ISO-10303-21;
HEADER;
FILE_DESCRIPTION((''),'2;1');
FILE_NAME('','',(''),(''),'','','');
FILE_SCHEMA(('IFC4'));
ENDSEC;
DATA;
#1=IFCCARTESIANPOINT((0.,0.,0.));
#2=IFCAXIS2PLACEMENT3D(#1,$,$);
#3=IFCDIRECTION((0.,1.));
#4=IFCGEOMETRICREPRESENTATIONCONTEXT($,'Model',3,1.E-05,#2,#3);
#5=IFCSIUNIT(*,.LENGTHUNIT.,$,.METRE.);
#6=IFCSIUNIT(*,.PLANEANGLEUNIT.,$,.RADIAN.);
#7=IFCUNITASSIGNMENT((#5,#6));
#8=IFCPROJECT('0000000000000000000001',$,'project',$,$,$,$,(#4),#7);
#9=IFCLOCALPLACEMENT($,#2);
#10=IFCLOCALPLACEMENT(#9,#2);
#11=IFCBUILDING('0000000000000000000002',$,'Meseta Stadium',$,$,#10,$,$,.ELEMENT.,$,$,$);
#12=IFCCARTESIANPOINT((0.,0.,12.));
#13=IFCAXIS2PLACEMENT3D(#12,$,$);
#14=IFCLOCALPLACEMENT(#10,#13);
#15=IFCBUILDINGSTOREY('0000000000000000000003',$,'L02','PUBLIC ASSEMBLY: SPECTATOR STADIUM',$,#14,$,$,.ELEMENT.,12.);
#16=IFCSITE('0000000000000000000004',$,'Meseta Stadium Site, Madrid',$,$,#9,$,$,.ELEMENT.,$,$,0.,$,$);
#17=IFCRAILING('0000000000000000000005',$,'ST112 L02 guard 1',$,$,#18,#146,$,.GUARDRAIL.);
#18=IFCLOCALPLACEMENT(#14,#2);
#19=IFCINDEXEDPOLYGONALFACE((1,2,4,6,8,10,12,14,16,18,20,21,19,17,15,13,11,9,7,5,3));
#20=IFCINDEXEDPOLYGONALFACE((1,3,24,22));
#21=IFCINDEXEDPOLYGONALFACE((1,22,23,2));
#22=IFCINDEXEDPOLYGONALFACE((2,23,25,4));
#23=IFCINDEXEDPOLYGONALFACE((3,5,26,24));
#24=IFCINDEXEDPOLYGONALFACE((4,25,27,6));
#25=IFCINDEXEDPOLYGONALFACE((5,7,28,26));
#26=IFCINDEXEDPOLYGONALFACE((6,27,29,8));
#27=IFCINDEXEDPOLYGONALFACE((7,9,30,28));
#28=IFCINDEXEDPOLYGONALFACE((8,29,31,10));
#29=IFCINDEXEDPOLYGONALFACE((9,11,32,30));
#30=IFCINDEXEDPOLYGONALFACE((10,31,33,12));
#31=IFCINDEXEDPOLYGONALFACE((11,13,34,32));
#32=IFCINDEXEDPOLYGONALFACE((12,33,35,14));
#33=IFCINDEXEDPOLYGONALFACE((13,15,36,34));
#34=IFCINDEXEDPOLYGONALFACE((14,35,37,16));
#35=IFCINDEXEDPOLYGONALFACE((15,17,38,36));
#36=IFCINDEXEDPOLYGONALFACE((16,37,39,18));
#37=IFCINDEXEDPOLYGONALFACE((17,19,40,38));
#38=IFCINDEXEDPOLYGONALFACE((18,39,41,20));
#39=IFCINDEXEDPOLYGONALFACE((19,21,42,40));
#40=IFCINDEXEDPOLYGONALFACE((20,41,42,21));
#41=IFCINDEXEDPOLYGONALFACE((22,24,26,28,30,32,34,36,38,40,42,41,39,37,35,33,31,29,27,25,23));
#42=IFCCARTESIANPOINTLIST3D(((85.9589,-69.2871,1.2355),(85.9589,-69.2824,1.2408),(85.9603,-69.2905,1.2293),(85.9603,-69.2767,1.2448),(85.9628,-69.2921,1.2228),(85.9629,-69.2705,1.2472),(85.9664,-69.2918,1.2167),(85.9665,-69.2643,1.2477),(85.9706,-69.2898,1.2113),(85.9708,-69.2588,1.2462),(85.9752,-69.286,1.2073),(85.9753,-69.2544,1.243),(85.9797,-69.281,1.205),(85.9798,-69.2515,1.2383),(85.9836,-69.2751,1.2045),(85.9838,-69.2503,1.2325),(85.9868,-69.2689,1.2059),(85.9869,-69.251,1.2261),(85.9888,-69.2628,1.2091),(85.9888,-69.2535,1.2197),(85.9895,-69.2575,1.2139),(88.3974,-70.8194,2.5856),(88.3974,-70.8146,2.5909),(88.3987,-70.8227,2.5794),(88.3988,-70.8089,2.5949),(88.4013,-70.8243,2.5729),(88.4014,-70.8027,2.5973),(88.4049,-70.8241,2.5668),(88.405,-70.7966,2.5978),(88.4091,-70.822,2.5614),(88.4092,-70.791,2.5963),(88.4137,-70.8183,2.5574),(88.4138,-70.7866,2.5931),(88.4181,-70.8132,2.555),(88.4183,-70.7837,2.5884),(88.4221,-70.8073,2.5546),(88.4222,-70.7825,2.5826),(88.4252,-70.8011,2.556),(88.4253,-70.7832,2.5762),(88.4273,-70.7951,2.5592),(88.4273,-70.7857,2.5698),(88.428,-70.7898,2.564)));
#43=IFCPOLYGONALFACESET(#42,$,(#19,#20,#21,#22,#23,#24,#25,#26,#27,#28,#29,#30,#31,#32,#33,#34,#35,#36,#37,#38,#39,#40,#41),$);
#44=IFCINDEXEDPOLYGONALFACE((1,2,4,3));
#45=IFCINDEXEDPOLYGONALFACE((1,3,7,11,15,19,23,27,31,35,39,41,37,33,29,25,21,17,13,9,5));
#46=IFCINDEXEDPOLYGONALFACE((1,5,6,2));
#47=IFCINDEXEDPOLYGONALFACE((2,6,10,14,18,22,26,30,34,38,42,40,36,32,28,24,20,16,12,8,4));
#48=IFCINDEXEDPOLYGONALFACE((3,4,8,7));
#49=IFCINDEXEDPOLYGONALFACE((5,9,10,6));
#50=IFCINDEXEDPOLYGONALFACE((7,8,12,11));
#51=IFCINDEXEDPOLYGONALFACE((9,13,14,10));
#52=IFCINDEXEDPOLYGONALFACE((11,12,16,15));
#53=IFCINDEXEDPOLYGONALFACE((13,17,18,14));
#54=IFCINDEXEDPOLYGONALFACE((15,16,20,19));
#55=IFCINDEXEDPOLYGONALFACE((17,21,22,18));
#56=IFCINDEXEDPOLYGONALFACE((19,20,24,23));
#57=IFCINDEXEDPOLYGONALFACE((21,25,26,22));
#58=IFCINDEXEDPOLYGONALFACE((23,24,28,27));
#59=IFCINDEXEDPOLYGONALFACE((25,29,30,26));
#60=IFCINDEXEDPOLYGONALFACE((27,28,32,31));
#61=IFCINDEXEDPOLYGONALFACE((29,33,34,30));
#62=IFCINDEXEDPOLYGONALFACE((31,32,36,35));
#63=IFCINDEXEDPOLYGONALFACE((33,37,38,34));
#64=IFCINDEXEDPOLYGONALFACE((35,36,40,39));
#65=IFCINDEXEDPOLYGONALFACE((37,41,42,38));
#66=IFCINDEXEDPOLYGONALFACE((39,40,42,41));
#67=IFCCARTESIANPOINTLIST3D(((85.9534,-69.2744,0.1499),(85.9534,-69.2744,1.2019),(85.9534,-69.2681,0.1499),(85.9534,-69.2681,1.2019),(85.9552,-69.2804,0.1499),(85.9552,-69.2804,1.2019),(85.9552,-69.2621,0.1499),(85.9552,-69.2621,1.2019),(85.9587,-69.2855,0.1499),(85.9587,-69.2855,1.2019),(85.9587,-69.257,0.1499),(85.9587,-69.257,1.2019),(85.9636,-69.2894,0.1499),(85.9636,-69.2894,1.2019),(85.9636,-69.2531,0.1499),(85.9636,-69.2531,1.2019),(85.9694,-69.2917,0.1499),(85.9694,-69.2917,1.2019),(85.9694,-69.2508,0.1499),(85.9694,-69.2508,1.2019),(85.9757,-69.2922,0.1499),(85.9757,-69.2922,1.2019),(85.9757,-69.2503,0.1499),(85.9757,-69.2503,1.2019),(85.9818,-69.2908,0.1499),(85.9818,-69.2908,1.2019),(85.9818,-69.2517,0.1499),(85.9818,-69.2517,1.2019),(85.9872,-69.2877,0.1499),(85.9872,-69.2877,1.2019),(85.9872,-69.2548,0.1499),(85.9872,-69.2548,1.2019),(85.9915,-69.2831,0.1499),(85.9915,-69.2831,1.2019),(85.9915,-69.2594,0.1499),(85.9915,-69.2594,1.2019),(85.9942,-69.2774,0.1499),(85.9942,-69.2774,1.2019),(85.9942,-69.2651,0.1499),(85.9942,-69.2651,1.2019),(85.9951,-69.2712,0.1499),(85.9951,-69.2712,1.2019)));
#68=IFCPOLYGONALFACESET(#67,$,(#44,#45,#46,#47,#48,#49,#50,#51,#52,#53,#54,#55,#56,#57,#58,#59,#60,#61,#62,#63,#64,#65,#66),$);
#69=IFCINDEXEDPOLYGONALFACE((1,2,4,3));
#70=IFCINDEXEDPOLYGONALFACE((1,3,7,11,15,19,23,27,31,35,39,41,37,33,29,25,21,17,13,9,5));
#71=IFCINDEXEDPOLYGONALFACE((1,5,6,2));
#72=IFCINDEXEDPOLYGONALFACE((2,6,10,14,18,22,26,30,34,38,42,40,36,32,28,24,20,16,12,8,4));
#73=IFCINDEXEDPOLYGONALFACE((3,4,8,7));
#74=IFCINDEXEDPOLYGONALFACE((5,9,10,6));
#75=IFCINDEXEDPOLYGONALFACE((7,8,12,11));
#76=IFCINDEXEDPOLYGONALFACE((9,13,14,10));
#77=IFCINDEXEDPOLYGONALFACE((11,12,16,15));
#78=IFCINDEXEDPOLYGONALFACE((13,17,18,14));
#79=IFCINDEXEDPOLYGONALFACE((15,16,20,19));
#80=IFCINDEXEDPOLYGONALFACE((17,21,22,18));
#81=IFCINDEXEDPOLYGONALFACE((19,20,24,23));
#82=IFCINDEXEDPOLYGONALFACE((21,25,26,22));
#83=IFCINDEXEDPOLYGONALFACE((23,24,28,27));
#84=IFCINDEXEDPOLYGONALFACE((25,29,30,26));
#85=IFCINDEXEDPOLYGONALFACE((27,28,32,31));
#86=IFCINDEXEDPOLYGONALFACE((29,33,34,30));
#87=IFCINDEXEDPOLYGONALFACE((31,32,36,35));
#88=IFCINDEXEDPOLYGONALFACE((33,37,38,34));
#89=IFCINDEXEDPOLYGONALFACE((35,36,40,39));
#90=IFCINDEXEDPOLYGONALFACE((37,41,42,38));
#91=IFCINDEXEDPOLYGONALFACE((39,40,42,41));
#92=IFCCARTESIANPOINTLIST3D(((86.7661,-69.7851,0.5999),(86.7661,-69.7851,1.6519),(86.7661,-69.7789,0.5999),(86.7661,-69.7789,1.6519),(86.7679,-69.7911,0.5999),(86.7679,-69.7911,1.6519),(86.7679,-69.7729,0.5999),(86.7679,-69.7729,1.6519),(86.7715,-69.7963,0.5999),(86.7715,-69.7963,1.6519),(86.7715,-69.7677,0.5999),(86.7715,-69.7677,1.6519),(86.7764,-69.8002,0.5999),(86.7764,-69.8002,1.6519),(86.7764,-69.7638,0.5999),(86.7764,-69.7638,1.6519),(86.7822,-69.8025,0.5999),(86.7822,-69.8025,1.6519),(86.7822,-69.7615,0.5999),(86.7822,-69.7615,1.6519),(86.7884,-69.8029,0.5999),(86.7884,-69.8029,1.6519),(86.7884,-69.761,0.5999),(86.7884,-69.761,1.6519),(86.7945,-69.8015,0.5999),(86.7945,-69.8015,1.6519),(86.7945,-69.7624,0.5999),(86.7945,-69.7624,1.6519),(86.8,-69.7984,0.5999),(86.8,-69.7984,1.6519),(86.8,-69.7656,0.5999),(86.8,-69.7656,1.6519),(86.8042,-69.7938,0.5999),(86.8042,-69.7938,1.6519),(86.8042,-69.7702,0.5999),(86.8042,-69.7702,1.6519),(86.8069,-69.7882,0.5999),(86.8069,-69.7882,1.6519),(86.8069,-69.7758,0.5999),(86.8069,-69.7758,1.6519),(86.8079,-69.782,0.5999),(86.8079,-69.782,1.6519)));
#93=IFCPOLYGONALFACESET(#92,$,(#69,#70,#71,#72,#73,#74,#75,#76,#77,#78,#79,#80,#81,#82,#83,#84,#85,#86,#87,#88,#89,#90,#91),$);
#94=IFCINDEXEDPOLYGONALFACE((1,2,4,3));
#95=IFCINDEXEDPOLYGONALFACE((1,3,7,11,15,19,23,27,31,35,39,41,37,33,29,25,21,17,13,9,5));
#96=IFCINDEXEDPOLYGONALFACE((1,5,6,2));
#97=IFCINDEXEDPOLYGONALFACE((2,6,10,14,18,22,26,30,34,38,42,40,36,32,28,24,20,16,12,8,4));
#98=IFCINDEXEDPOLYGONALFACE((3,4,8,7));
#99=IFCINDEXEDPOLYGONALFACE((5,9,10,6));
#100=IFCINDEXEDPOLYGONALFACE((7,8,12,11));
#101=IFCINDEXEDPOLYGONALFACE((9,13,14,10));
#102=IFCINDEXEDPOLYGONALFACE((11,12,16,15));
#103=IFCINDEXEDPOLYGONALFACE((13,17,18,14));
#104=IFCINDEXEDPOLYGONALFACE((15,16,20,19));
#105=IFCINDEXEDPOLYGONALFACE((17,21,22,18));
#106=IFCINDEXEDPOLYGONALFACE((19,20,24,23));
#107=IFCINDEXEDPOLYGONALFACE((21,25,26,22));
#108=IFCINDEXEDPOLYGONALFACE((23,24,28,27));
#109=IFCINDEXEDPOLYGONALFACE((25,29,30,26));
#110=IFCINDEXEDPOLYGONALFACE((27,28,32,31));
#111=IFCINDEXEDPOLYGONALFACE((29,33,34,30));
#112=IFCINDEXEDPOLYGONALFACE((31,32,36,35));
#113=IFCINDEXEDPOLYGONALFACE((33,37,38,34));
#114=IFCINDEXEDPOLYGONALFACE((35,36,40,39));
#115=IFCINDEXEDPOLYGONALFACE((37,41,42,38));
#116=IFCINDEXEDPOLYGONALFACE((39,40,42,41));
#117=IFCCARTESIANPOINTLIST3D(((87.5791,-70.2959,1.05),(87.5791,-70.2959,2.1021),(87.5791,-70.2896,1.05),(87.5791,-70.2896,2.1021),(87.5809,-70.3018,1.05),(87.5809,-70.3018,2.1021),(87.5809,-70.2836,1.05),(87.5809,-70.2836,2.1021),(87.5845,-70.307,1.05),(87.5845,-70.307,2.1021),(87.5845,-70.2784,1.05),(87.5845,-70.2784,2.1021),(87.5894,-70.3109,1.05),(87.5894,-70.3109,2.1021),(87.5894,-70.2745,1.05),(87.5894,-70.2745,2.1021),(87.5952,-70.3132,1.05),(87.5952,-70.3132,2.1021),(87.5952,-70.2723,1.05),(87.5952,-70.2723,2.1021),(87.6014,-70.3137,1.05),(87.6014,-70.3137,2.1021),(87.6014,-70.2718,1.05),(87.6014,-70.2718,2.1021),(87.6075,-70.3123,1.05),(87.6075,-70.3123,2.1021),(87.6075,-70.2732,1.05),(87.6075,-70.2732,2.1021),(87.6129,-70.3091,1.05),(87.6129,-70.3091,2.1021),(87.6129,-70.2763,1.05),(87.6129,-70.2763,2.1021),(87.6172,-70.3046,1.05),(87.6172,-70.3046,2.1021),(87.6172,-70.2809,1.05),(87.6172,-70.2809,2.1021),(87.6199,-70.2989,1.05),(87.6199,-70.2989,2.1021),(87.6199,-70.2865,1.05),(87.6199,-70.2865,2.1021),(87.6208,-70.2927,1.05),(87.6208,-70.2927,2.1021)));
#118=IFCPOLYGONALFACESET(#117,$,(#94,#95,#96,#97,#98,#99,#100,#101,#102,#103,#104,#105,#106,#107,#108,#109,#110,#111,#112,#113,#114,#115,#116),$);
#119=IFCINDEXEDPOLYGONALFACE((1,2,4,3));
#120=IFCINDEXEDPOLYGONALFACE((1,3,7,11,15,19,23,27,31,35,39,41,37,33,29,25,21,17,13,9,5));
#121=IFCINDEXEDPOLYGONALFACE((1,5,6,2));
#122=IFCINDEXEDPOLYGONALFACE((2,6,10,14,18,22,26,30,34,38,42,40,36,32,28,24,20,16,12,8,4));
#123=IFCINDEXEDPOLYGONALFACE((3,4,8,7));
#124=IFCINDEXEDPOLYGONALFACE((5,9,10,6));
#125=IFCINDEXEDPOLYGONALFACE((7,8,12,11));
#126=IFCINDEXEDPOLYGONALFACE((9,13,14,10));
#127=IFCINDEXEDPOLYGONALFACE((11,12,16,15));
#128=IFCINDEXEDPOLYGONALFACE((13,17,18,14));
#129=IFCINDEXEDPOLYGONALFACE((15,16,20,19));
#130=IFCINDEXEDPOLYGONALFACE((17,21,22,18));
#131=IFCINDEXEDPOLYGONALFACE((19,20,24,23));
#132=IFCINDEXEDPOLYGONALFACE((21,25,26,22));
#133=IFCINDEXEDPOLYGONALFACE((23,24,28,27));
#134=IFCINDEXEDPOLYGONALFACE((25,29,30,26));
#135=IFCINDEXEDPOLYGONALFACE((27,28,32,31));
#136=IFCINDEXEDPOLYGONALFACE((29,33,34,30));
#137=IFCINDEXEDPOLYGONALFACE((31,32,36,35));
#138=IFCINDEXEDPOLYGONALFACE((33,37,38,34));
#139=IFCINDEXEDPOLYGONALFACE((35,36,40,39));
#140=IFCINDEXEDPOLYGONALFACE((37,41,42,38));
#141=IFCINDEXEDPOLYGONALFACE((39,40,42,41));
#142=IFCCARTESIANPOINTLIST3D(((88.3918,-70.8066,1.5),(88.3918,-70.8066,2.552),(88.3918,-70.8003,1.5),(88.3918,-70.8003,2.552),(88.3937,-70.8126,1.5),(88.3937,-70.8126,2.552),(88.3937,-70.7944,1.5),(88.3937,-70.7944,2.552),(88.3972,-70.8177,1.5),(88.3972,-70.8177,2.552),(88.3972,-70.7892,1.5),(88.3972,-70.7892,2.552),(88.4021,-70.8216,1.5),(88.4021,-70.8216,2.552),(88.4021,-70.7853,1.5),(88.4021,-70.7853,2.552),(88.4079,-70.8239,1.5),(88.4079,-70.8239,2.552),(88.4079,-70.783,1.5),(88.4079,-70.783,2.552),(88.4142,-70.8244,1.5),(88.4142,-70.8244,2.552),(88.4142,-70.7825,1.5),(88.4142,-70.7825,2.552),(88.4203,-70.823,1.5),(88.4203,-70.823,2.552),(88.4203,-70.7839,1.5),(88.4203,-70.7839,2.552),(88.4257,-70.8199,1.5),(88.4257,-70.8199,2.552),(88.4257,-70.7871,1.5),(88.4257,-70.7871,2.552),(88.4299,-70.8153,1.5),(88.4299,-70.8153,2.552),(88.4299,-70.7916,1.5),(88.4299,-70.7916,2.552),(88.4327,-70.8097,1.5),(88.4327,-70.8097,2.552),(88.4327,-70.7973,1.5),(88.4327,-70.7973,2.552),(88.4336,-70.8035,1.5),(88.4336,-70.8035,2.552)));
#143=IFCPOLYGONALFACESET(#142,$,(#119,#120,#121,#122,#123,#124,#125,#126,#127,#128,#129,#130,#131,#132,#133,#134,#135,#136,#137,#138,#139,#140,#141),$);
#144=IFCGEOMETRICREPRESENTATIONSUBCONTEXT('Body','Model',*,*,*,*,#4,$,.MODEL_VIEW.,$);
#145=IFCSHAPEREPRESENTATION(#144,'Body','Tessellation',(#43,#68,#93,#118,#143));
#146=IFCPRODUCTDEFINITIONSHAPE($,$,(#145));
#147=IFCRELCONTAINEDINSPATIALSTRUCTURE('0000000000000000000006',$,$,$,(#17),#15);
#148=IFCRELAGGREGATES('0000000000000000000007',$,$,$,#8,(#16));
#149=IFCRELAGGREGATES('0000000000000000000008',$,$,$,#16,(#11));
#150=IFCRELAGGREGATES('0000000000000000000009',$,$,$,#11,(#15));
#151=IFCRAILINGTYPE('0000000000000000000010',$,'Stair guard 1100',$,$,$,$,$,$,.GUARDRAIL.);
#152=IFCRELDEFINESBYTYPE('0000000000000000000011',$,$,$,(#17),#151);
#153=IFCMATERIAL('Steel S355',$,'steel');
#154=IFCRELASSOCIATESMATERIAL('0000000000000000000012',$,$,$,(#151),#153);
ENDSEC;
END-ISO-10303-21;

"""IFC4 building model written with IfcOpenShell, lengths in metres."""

from ifc_helpers import new_model, si_unit, direction, frame, origin, origin_2d, place, context, subcontext, project, spatial, circle, extrude, material, type_object, element, save


model = new_model("IFC4")

# Units and contexts
model_context = context("Model", 3, precision=1e-05, world=origin(), true_north=direction((0.0, 1.0)))
body_context = subcontext(model_context, "Body", "Model", "MODEL_VIEW")
ifc_project = project(units=[si_unit("LENGTHUNIT", "METRE"), si_unit("PLANEANGLEUNIT", "RADIAN")], contexts=[model_context])

# Site, building, storey
site_placement = place(None, origin())
site = spatial("IfcSite", under=ifc_project, at=site_placement, Name="Meseta Stadium Site, Madrid", CompositionType="ELEMENT", RefElevation=0.0)
building_placement = place(site_placement, origin())
building = spatial("IfcBuilding", under=site, at=building_placement, Name="Meseta Stadium", CompositionType="ELEMENT")
storey_placement = place(building_placement, frame((0.0, 0.0, 12.0)))
storey = spatial("IfcBuildingStorey", under=building, at=storey_placement, Name="L02", Description="PUBLIC ASSEMBLY: SPECTATOR STADIUM", CompositionType="ELEMENT", Elevation=12.0)

# Railing
ifc_material_1 = material(Name="Steel S355", Category="steel")
railing_type_1 = type_object("IfcRailingType", Name="Stair guard 1100", PredefinedType="GUARDRAIL", material=ifc_material_1)
railing_1_placement = place(storey_placement, frame((85.9741, -69.2712, 0.1499)))
element("IfcRailing", 1, at=railing_1_placement, inside=storey, type_object=railing_type_1, Name="ST112 L02 guard 1", PredefinedType="GUARDRAIL", context=body_context, shape_type="SweptSolid", body=[
    extrude(circle(Radius=0.0239, at=origin_2d()), frame((0.0, 0.0, 1.0762), z_axis=(0.766655, -0.481731, 0.42447), x_axis=(0.53204, 0.846719, 0.0)), (0.0, 0.0, 1.0), 3.1807),
    extrude(circle(Radius=0.021, at=origin_2d()), origin(), (0.0, 0.0, 1.0), 1.052),
    extrude(circle(Radius=0.021, at=origin_2d()), frame((0.8127, -0.5107, 0.45)), (0.0, 0.0, 1.0), 1.052),
    extrude(circle(Radius=0.021, at=origin_2d()), frame((1.6257, -1.0215, 0.9001)), (0.0, 0.0, 1.0), 1.052),
    extrude(circle(Radius=0.021, at=origin_2d()), frame((2.4385, -1.5322, 1.3501)), (0.0, 0.0, 1.0), 1.052),
])

save(model, "model.ifc")
